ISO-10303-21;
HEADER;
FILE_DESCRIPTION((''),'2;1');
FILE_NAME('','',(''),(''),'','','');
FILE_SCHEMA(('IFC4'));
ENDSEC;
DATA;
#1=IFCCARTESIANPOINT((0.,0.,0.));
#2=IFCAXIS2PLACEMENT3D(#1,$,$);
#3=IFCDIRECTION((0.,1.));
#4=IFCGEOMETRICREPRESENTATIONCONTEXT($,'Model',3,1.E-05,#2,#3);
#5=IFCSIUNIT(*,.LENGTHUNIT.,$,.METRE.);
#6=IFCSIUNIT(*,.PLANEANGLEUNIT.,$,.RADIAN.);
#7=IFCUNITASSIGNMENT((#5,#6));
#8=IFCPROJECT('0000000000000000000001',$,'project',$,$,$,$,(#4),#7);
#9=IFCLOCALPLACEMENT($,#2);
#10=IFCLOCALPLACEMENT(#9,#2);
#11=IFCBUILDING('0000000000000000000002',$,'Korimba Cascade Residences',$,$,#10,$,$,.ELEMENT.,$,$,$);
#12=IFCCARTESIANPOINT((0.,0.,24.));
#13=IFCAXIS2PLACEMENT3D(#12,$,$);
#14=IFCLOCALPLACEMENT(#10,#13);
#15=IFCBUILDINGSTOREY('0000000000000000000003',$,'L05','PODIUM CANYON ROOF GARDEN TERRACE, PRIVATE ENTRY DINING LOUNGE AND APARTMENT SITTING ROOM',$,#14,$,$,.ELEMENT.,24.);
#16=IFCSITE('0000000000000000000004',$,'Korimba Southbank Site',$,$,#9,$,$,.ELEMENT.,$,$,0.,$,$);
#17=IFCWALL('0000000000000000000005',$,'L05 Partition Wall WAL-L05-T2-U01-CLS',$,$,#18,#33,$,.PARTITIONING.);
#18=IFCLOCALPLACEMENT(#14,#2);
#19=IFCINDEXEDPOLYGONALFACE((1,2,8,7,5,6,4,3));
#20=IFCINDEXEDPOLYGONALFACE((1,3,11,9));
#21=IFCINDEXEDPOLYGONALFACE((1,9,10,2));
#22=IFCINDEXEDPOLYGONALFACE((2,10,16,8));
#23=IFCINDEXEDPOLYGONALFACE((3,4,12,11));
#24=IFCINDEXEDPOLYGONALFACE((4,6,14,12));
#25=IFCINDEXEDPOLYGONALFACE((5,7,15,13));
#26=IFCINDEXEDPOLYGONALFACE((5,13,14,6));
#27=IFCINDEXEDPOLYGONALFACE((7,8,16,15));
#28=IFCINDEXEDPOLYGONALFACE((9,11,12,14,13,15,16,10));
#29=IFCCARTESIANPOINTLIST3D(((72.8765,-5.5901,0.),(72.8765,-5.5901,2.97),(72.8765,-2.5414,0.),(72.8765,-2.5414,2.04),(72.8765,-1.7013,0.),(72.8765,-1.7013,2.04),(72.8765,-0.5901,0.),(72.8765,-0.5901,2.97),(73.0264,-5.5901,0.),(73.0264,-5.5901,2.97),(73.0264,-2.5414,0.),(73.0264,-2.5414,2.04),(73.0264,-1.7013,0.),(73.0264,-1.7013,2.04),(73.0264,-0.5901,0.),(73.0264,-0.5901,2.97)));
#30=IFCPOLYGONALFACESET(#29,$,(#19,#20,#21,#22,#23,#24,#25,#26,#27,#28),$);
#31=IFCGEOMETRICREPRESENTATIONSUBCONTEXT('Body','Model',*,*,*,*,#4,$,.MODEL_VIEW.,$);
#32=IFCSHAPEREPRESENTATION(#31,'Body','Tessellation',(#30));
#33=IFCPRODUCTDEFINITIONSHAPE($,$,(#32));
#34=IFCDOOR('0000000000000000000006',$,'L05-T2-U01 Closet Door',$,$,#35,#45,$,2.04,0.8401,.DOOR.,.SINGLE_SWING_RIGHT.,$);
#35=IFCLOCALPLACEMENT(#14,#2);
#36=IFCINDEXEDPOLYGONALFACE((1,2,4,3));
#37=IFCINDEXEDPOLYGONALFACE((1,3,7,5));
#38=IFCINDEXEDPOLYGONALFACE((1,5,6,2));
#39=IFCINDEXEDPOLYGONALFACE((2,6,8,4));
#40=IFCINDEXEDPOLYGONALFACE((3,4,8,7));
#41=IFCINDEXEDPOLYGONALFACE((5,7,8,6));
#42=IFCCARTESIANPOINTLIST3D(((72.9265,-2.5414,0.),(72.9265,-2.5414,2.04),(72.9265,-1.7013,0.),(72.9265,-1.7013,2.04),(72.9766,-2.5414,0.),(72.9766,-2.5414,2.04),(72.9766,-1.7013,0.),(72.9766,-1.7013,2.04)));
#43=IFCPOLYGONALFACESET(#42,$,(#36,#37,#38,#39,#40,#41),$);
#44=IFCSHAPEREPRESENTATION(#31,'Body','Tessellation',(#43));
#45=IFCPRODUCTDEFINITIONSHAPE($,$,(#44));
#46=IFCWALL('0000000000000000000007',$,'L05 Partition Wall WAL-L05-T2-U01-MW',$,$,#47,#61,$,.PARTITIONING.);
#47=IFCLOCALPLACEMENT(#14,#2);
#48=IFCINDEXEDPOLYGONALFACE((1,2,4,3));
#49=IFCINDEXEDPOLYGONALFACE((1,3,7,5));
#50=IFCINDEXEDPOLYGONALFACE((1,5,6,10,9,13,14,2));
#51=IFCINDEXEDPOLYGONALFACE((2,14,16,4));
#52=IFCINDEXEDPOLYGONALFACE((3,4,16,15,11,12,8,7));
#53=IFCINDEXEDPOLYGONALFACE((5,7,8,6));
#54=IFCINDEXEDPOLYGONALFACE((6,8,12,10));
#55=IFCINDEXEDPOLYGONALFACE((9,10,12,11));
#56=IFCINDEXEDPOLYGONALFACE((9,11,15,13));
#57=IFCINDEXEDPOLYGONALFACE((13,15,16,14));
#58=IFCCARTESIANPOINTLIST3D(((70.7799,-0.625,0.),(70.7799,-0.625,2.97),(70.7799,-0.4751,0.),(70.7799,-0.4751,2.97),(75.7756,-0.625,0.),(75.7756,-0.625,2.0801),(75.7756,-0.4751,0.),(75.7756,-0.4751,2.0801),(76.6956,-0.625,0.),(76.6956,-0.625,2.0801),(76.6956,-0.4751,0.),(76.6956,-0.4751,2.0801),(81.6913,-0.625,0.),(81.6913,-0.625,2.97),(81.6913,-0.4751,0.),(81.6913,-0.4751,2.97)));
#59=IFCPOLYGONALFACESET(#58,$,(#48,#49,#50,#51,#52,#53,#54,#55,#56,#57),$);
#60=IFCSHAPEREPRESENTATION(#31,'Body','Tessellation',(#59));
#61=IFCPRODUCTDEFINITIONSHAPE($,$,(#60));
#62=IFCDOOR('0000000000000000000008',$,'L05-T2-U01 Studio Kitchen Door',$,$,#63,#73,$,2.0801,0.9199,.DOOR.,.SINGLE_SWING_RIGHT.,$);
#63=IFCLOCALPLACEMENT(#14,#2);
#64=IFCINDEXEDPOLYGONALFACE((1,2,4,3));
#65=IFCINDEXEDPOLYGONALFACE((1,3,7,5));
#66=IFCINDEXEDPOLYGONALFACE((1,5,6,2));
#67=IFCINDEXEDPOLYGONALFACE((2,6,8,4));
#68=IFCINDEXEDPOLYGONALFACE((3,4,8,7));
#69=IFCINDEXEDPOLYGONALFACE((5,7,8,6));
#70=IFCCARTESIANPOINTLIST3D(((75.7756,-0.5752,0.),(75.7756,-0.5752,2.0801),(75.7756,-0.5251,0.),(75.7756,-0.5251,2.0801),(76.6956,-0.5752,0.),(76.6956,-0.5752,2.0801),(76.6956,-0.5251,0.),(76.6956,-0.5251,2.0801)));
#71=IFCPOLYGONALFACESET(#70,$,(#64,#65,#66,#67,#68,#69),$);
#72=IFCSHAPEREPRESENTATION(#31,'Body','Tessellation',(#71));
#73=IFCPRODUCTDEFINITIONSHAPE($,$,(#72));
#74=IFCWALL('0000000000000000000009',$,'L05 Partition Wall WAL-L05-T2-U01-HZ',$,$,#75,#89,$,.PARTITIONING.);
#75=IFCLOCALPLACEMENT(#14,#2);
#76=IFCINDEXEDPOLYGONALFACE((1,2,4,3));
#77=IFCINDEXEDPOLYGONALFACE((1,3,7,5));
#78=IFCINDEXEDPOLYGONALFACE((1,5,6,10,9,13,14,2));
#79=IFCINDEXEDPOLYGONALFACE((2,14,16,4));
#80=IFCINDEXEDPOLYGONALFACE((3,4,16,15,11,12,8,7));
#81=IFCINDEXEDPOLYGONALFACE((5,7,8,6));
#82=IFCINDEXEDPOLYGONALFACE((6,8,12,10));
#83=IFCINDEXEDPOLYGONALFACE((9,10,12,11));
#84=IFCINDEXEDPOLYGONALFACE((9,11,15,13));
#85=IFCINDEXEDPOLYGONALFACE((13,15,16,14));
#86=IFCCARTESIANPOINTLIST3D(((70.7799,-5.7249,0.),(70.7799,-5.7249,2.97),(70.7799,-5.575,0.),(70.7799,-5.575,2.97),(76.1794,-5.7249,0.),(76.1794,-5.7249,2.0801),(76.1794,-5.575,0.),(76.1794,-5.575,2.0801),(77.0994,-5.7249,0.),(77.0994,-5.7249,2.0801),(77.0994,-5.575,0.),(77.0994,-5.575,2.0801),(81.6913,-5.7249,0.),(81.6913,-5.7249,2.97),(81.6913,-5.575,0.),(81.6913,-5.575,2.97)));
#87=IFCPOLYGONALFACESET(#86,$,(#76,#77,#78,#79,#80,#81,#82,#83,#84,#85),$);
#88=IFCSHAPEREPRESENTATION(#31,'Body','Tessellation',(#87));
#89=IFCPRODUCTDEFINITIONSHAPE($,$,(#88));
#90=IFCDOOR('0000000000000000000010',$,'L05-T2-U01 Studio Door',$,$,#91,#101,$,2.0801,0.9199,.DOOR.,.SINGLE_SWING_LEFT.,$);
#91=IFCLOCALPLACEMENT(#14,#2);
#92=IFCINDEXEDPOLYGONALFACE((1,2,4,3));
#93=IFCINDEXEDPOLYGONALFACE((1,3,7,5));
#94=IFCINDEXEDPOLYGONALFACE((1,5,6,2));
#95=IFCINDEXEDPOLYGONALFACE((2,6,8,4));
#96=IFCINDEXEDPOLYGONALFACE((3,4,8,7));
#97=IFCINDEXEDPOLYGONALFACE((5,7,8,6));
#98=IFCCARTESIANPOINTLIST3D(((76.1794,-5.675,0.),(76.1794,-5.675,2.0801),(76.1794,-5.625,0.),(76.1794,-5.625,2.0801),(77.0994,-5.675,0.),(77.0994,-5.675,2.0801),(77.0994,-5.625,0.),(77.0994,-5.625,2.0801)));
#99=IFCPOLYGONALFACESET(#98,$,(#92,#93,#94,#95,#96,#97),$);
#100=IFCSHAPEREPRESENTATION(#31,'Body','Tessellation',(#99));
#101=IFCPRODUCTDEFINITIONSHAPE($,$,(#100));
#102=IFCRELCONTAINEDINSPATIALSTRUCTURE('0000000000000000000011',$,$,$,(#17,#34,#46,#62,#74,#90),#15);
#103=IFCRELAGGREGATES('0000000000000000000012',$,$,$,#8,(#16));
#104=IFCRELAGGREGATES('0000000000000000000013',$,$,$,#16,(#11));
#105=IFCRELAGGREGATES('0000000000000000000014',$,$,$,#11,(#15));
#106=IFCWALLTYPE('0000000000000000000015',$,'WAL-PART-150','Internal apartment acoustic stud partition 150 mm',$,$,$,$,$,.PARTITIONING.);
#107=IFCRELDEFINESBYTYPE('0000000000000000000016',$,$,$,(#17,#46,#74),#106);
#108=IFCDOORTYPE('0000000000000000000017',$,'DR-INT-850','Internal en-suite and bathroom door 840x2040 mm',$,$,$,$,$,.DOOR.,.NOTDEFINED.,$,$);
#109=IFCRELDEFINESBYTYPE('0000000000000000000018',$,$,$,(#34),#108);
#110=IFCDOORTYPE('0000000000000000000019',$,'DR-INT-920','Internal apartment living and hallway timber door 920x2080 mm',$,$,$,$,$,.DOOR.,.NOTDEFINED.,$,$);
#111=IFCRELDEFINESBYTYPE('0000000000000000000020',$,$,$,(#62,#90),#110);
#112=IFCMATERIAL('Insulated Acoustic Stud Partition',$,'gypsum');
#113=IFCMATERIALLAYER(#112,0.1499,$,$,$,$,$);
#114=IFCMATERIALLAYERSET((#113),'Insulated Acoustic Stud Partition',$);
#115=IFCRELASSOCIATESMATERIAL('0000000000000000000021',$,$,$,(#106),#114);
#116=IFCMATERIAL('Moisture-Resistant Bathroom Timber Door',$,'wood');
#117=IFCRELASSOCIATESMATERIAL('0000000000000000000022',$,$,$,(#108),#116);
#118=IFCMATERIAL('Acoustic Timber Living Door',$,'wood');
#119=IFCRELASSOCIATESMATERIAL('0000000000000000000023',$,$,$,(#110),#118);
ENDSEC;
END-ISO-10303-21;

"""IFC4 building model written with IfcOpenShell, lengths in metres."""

from ifc_helpers import new_model, si_unit, direction, frame, frame_2d, origin, place, context, subcontext, project, spatial, rectangle, extrude, material, layer, layer_set, type_object, element, fill, save


model = new_model("IFC4")

# Units and contexts
model_context = context("Model", 3, precision=1e-05, world=origin(), true_north=direction((0.0, 1.0)))
body_context = subcontext(model_context, "Body", "Model", "MODEL_VIEW")
ifc_project = project(units=[si_unit("LENGTHUNIT", "METRE"), si_unit("PLANEANGLEUNIT", "RADIAN")], contexts=[model_context])

# Site, building, storey
site_placement = place(None, origin())
site = spatial("IfcSite", under=ifc_project, at=site_placement, Name="Korimba Southbank Site", CompositionType="ELEMENT", RefElevation=0.0)
building_placement = place(site_placement, origin())
building = spatial("IfcBuilding", under=site, at=building_placement, Name="Korimba Cascade Residences", CompositionType="ELEMENT")
storey_placement = place(building_placement, frame((0.0, 0.0, 24.0)))
storey = spatial("IfcBuildingStorey", under=building, at=storey_placement, Name="L05", Description="PODIUM CANYON ROOF GARDEN TERRACE, PRIVATE ENTRY DINING LOUNGE AND APARTMENT SITTING ROOM", CompositionType="ELEMENT", Elevation=24.0)

# Walls, openings, doors
ifc_material_1 = material(Name="Insulated Acoustic Stud Partition", Category="gypsum")
ifc_layer_1 = layer(ifc_material_1, 0.1499)
ifc_layer_set_1 = layer_set([ifc_layer_1], Name="Insulated Acoustic Stud Partition")
wall_type_1 = type_object("IfcWallType", Name="WAL-PART-150", Description="Internal apartment acoustic stud partition 150 mm", PredefinedType="PARTITIONING", material=ifc_layer_set_1)
wall_1_placement = place(storey_placement, frame((72.9514, -5.5901, 0.0), z_axis=(0.0, 0.0, 1.0), x_axis=(0.0, 1.0, 0.0)))
wall_1 = element("IfcWall", 1, at=wall_1_placement, inside=storey, type_object=wall_type_1, Name="L05 Partition Wall WAL-L05-T2-U01-CLS", PredefinedType="PARTITIONING", context=body_context, shape_type="SweptSolid", body=[
    extrude(rectangle(XDim=5.0, YDim=0.1499, at=frame_2d((2.5, 0.0))), origin(), (0.0, 0.0, 1.0), 2.97),
])
opening_1_placement = place(wall_1_placement, frame((3.0488, 0.0, 0.0)))
opening_1 = element("IfcOpeningElement", 2, at=opening_1_placement, cuts=wall_1, PredefinedType="OPENING", context=body_context, shape_type="SweptSolid", body=[
    extrude(rectangle(XDim=0.8401, YDim=2.04, at=frame_2d((0.4199, 1.02))), frame((0.0, 0.085, 0.0), z_axis=(0.0, -1.0, 0.0), x_axis=(1.0, 0.0, 0.0)), (0.0, 0.0, 1.0), 0.1699),
])
ifc_material_2 = material(Name="Moisture-Resistant Bathroom Timber Door", Category="wood")
door_type_1 = type_object("IfcDoorType", Name="DR-INT-850", Description="Internal en-suite and bathroom door 840x2040 mm", OperationType="NOTDEFINED", PredefinedType="DOOR", material=ifc_material_2)
door_1_placement = place(opening_1_placement, origin())
door_1 = element("IfcDoor", 3, at=door_1_placement, inside=storey, type_object=door_type_1, Name="L05-T2-U01 Closet Door", OperationType="SINGLE_SWING_RIGHT", OverallHeight=2.04, OverallWidth=0.8401, PredefinedType="DOOR", context=body_context, shape_type="SweptSolid", body=[
    extrude(rectangle(XDim=0.8401, YDim=2.04, at=frame_2d((0.4199, 1.02))), frame((0.0, 0.0249, 0.0), z_axis=(0.0, -1.0, 0.0), x_axis=(1.0, 0.0, 0.0)), (0.0, 0.0, 1.0), 0.05),
])
fill(opening_1, door_1)
wall_2_placement = place(storey_placement, frame((70.78, -0.55, 0.0), z_axis=(0.0, 0.0, 1.0), x_axis=(1.0, 0.0, 0.0)))
wall_2 = element("IfcWall", 4, at=wall_2_placement, inside=storey, type_object=wall_type_1, Name="L05 Partition Wall WAL-L05-T2-U01-MW", PredefinedType="PARTITIONING", context=body_context, shape_type="SweptSolid", body=[
    extrude(rectangle(XDim=10.9114, YDim=0.1499, at=frame_2d((5.4556, 0.0))), origin(), (0.0, 0.0, 1.0), 2.97),
])
opening_2_placement = place(wall_2_placement, frame((4.9956, 0.0, 0.0)))
opening_2 = element("IfcOpeningElement", 5, at=opening_2_placement, cuts=wall_2, PredefinedType="OPENING", context=body_context, shape_type="SweptSolid", body=[
    extrude(rectangle(XDim=0.9199, YDim=2.0801, at=frame_2d((0.46, 1.04))), frame((0.0, 0.085, 0.0), z_axis=(0.0, -1.0, 0.0), x_axis=(1.0, 0.0, 0.0)), (0.0, 0.0, 1.0), 0.1699),
])
ifc_material_3 = material(Name="Acoustic Timber Living Door", Category="wood")
door_type_2 = type_object("IfcDoorType", Name="DR-INT-920", Description="Internal apartment living and hallway timber door 920x2080 mm", OperationType="NOTDEFINED", PredefinedType="DOOR", material=ifc_material_3)
door_2_placement = place(opening_2_placement, origin())
door_2 = element("IfcDoor", 6, at=door_2_placement, inside=storey, type_object=door_type_2, Name="L05-T2-U01 Studio Kitchen Door", OperationType="SINGLE_SWING_RIGHT", OverallHeight=2.0801, OverallWidth=0.9199, PredefinedType="DOOR", context=body_context, shape_type="SweptSolid", body=[
    extrude(rectangle(XDim=0.9199, YDim=2.0801, at=frame_2d((0.46, 1.04))), frame((0.0, 0.0249, 0.0), z_axis=(0.0, -1.0, 0.0), x_axis=(1.0, 0.0, 0.0)), (0.0, 0.0, 1.0), 0.05),
])
fill(opening_2, door_2)
wall_3_placement = place(storey_placement, frame((70.78, -5.6499, 0.0), z_axis=(0.0, 0.0, 1.0), x_axis=(1.0, 0.0, 0.0)))
wall_3 = element("IfcWall", 7, at=wall_3_placement, inside=storey, type_object=wall_type_1, Name="L05 Partition Wall WAL-L05-T2-U01-HZ", PredefinedType="PARTITIONING", context=body_context, shape_type="SweptSolid", body=[
    extrude(rectangle(XDim=10.9114, YDim=0.1499, at=frame_2d((5.4556, 0.0))), origin(), (0.0, 0.0, 1.0), 2.97),
])
opening_3_placement = place(wall_3_placement, frame((5.3994, 0.0, 0.0)))
opening_3 = element("IfcOpeningElement", 8, at=opening_3_placement, cuts=wall_3, PredefinedType="OPENING", context=body_context, shape_type="SweptSolid", body=[
    extrude(rectangle(XDim=0.9199, YDim=2.0801, at=frame_2d((0.46, 1.04))), frame((0.0, 0.085, 0.0), z_axis=(0.0, -1.0, 0.0), x_axis=(1.0, 0.0, 0.0)), (0.0, 0.0, 1.0), 0.1699),
])
door_3_placement = place(opening_3_placement, origin())
door_3 = element("IfcDoor", 9, at=door_3_placement, inside=storey, type_object=door_type_2, Name="L05-T2-U01 Studio Door", OperationType="SINGLE_SWING_LEFT", OverallHeight=2.0801, OverallWidth=0.9199, PredefinedType="DOOR", context=body_context, shape_type="SweptSolid", body=[
    extrude(rectangle(XDim=0.9199, YDim=2.0801, at=frame_2d((0.46, 1.04))), frame((0.0, 0.0249, 0.0), z_axis=(0.0, -1.0, 0.0), x_axis=(1.0, 0.0, 0.0)), (0.0, 0.0, 1.0), 0.05),
])
fill(opening_3, door_3)

save(model, "model.ifc")
